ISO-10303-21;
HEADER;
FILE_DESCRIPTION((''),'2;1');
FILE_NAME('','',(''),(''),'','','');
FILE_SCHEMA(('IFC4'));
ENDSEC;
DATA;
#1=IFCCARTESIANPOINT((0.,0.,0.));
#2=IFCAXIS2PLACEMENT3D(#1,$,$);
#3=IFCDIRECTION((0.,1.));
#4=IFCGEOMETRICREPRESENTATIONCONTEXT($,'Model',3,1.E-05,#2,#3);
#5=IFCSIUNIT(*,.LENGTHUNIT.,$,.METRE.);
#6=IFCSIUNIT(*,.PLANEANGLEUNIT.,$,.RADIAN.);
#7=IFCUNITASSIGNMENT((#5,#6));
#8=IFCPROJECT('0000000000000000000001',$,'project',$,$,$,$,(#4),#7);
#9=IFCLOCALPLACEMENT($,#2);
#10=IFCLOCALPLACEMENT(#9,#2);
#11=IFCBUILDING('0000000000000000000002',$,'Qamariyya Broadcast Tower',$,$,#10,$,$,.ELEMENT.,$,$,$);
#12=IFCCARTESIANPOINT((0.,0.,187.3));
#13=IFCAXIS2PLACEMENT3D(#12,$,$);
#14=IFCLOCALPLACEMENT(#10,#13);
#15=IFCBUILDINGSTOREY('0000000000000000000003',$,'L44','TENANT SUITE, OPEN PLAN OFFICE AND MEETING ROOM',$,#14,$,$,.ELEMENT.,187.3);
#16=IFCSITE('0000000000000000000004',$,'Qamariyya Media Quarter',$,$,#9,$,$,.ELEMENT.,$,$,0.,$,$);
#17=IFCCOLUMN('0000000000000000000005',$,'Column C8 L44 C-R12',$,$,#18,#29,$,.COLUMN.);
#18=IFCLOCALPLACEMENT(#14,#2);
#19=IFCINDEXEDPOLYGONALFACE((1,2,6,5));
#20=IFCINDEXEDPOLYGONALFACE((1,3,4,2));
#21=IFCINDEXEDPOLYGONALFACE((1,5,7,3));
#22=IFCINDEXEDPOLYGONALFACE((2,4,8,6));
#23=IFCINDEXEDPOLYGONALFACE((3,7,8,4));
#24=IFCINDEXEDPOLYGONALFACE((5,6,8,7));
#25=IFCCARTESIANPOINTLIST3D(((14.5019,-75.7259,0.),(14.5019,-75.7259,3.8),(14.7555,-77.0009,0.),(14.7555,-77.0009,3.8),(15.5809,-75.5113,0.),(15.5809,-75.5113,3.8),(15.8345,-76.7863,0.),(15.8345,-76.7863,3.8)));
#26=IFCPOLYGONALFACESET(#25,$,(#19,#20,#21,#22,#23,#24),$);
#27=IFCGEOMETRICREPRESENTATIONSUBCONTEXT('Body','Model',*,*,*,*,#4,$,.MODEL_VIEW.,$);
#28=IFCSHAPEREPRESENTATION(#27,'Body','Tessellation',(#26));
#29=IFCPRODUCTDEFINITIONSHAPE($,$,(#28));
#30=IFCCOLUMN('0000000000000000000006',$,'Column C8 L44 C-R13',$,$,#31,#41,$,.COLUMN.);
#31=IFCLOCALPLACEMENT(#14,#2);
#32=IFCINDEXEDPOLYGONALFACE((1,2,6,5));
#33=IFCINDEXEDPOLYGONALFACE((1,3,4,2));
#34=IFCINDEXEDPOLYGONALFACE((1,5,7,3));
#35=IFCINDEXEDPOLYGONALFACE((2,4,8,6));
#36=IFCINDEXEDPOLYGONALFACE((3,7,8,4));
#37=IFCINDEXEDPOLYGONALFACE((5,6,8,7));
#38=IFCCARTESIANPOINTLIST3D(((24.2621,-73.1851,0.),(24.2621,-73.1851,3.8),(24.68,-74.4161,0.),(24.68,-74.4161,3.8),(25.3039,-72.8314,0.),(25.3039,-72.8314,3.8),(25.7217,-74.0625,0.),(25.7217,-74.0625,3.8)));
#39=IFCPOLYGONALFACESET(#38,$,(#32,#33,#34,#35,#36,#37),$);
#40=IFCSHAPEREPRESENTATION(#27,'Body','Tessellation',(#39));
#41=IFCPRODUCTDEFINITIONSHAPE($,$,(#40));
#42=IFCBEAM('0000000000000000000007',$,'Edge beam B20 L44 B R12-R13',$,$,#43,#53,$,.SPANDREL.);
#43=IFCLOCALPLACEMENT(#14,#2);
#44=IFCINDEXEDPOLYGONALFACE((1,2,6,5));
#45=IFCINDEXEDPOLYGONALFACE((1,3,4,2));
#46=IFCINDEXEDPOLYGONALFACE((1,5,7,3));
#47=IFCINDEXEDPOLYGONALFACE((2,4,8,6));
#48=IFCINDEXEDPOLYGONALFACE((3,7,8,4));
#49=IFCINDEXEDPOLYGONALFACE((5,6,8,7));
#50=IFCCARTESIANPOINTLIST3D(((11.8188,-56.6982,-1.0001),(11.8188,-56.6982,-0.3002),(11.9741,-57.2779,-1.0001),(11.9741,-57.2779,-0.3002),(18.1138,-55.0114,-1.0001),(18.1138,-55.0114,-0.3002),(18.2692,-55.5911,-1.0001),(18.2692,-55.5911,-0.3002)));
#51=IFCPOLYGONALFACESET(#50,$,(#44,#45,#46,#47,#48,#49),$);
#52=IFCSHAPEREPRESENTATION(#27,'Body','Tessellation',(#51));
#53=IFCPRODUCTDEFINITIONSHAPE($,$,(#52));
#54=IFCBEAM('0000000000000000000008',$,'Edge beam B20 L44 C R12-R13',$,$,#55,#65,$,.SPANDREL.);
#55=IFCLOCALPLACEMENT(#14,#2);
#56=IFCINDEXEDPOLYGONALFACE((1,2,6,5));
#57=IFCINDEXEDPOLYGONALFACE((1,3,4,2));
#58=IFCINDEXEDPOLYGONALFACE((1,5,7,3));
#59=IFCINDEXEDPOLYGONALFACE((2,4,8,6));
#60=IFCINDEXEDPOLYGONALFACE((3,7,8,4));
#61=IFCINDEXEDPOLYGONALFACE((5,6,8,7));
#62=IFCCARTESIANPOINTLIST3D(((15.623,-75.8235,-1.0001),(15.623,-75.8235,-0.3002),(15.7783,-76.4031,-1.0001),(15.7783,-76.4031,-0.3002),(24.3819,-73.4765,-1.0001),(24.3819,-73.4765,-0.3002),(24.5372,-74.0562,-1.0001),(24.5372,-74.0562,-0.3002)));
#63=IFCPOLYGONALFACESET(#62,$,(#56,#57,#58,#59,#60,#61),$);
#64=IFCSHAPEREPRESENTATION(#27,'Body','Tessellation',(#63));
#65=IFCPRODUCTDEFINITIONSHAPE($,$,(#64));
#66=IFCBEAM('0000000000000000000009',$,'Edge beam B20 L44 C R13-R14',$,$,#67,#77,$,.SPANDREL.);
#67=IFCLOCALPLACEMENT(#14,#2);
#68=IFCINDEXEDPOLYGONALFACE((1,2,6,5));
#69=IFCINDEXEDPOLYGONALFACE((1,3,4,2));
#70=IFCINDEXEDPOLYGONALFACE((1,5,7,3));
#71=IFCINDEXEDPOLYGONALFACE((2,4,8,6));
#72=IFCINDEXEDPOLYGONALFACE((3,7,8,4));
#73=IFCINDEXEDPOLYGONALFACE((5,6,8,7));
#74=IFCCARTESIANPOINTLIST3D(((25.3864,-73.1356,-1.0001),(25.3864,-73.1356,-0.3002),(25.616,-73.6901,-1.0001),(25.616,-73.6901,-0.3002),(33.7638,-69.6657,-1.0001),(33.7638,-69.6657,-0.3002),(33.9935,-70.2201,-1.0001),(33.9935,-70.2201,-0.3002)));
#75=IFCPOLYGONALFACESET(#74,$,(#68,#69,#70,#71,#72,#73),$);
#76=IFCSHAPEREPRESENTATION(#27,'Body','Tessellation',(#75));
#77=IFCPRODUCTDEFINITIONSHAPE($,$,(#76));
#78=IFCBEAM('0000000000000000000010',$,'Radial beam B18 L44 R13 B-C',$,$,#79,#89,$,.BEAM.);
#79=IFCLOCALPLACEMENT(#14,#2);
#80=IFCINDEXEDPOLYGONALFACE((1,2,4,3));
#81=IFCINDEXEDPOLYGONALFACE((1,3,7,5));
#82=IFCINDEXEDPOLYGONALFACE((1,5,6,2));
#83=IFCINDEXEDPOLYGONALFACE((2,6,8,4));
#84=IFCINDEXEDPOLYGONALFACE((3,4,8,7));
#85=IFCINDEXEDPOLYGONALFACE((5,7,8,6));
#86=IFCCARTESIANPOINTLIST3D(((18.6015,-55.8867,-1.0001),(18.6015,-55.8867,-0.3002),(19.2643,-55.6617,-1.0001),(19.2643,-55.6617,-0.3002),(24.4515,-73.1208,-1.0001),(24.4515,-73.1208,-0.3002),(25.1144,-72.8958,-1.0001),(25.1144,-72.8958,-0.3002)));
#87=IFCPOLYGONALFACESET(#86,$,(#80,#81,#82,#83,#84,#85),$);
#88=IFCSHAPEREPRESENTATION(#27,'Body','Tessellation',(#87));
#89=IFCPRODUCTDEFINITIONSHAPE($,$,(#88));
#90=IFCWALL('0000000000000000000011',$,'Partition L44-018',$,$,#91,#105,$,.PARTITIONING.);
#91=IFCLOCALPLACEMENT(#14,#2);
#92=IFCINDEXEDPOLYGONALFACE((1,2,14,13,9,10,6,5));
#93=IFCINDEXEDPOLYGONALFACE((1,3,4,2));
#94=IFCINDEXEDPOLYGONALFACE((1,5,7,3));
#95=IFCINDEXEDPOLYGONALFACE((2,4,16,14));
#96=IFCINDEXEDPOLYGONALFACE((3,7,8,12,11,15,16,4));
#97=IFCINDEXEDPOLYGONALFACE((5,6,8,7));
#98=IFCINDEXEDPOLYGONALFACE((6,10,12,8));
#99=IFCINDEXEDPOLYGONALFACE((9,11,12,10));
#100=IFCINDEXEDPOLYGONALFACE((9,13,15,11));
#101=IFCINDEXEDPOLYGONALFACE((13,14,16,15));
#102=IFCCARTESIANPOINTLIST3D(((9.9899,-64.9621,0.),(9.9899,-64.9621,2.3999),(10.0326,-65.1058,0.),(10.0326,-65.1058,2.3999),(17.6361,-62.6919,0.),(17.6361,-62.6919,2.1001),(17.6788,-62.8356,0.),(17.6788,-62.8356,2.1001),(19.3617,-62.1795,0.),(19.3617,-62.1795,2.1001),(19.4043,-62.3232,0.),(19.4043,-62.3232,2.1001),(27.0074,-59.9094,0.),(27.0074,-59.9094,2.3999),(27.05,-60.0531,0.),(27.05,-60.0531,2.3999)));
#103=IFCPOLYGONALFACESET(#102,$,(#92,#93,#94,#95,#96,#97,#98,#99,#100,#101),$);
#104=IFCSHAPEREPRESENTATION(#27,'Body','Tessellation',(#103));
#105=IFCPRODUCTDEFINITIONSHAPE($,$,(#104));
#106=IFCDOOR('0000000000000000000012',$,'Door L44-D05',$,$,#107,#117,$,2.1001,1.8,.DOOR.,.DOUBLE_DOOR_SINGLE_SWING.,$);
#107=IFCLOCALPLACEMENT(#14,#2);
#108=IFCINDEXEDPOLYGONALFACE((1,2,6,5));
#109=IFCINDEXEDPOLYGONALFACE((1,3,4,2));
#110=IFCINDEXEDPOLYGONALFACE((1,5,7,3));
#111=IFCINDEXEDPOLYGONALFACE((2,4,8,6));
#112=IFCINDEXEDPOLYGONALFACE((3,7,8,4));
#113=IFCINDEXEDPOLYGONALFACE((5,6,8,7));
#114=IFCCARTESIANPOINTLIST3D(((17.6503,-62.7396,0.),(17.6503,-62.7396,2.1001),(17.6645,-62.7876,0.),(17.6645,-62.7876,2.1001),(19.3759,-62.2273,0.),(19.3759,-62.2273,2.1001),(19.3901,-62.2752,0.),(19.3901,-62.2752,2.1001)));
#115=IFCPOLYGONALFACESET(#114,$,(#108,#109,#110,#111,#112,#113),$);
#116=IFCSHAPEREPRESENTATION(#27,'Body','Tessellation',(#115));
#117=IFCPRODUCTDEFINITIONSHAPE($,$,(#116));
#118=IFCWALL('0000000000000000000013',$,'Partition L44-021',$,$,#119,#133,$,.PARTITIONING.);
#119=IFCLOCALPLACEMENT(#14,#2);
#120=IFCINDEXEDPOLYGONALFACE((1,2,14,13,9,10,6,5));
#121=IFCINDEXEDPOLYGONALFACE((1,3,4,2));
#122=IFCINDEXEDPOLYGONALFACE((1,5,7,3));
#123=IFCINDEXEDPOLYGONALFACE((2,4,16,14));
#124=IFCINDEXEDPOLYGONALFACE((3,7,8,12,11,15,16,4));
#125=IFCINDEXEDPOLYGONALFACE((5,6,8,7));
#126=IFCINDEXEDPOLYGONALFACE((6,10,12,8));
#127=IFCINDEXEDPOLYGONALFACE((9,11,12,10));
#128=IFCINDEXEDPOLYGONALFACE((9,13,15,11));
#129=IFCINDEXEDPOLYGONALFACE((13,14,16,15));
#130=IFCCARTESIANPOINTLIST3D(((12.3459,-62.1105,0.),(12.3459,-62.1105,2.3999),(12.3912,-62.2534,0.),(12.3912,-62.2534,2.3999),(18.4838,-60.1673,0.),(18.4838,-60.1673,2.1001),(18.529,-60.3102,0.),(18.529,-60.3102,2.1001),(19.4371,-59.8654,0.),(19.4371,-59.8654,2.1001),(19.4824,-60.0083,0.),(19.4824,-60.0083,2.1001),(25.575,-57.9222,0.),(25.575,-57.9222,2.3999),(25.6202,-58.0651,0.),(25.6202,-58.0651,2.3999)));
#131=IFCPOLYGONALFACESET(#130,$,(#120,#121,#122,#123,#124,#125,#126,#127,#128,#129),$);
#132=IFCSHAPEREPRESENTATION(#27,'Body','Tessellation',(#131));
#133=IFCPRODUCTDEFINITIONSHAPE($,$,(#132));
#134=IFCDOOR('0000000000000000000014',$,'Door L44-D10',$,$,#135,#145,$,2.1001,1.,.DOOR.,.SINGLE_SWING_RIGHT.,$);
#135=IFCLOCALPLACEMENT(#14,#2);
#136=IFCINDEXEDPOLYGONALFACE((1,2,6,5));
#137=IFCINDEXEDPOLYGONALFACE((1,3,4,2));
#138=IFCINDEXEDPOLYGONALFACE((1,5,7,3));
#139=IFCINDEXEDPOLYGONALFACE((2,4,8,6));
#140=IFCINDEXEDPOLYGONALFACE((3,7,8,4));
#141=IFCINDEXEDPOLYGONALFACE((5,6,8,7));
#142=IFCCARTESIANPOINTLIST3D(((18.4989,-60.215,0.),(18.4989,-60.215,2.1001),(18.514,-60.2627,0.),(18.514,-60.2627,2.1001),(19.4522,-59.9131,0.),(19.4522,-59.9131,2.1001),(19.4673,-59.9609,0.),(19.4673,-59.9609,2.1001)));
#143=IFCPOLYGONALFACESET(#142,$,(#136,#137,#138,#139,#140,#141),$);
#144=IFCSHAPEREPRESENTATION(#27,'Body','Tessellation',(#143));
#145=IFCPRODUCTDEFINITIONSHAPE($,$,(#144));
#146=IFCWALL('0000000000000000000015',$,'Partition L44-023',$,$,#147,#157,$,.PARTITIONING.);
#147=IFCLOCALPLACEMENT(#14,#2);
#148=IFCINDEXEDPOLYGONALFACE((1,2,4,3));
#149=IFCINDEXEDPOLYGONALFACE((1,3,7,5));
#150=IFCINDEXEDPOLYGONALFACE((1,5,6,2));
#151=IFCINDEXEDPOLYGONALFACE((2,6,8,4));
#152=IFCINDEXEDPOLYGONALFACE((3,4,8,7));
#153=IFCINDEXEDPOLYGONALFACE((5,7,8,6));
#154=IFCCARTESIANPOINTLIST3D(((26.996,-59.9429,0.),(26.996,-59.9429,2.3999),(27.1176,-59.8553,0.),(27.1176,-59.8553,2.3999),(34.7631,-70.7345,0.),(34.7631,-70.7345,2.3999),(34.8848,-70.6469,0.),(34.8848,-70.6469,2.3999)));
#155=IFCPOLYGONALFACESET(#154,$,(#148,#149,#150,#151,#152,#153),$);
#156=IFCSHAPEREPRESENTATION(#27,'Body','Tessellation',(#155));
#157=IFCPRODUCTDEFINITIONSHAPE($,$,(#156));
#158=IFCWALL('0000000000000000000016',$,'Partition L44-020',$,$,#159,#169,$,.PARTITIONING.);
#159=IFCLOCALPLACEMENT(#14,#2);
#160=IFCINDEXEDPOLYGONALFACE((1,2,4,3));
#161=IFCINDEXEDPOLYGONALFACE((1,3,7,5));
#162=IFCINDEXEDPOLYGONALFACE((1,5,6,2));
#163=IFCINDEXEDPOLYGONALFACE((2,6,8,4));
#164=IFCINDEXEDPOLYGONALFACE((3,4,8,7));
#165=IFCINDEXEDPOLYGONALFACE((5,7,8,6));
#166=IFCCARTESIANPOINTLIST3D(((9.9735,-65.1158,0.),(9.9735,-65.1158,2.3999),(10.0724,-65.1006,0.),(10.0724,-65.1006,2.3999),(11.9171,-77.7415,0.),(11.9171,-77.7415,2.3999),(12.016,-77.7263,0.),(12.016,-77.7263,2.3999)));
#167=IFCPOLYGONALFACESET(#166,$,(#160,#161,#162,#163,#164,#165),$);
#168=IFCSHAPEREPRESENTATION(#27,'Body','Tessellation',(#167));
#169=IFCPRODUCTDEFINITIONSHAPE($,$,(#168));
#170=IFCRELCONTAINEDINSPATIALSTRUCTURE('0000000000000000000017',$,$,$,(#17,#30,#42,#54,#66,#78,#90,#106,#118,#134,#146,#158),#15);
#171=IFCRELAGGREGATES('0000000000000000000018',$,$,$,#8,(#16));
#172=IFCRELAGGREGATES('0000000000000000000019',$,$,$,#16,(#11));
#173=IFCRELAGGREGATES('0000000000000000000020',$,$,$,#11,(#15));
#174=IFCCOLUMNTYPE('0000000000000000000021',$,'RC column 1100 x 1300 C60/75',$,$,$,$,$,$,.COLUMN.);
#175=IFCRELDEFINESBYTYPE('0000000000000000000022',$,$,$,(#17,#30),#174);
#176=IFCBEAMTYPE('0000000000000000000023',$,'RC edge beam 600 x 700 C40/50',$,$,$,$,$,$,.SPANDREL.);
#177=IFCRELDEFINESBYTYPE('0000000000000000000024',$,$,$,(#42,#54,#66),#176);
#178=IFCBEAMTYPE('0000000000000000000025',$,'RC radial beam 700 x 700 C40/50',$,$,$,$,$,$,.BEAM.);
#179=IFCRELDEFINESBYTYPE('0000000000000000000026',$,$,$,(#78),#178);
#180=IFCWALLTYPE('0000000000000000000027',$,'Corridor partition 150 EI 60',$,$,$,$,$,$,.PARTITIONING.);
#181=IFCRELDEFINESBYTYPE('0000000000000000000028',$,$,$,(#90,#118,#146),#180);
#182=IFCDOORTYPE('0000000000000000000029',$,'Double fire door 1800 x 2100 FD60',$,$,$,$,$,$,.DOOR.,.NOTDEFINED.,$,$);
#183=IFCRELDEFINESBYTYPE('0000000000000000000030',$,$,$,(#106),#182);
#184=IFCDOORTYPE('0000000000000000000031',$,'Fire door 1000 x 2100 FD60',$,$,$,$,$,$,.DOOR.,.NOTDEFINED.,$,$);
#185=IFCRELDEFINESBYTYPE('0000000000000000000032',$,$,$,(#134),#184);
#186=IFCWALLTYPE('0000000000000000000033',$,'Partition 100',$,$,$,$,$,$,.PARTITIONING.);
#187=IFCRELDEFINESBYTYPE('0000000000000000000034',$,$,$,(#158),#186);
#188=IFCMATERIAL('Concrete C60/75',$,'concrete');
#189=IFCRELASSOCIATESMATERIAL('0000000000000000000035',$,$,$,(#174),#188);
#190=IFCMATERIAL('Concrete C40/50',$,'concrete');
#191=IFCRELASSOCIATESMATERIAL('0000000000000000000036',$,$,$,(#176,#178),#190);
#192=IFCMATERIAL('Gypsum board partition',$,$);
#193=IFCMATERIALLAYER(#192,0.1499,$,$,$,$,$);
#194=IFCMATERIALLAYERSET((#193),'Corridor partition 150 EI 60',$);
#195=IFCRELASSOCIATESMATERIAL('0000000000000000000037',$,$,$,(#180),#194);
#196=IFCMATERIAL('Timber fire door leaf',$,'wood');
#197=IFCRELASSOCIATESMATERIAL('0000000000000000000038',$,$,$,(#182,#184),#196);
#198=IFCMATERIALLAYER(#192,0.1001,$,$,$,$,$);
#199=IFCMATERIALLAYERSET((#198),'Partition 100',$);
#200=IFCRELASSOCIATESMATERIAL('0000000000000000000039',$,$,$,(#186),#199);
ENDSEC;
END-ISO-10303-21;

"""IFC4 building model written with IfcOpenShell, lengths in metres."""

from ifc_helpers import new_model, si_unit, direction, frame, frame_2d, origin, origin_2d, place, context, subcontext, project, spatial, rectangle, extrude, material, layer, layer_set, material_profile, profile_set, type_object, element, fill, save


model = new_model("IFC4")

# Units and contexts
model_context = context("Model", 3, precision=1e-05, world=origin(), true_north=direction((0.0, 1.0)))
body_context = subcontext(model_context, "Body", "Model", "MODEL_VIEW")
ifc_project = project(units=[si_unit("LENGTHUNIT", "METRE"), si_unit("PLANEANGLEUNIT", "RADIAN")], contexts=[model_context])

# Site, building, storey
site_placement = place(None, origin())
site = spatial("IfcSite", under=ifc_project, at=site_placement, Name="Qamariyya Media Quarter", CompositionType="ELEMENT", RefElevation=0.0)
building_placement = place(site_placement, origin())
building = spatial("IfcBuilding", under=site, at=building_placement, Name="Qamariyya Broadcast Tower", CompositionType="ELEMENT")
storey_placement = place(building_placement, frame((0.0, 0.0, 187.3)))
storey = spatial("IfcBuildingStorey", under=building, at=storey_placement, Name="L44", Description="TENANT SUITE, OPEN PLAN OFFICE AND MEETING ROOM", CompositionType="ELEMENT", Elevation=187.3)

# Columns
ifc_material_1 = material(Name="Concrete C60/75", Category="concrete")
ifc_material_profile_1 = material_profile(ifc_material_1, rectangle(XDim=1.1001, YDim=1.3, at=origin_2d()))
ifc_profile_set_1 = profile_set([ifc_material_profile_1], Name="Concrete C60/75")
column_type = type_object("IfcColumnType", Name="RC column 1100 x 1300 C60/75", PredefinedType="COLUMN", material=ifc_profile_set_1)
for number, where, z_axis, x_axis, name in (
    (1, (15.1682, -76.2561, 0.0), (0.0, 0.0, 1.0), (0.980785, 0.19509, 0.0), "Column C8 L44 C-R12"),
    (2, (24.9919, -73.6238, 0.0), (0.0, 0.0, 1.0), (0.94693, 0.321439, 0.0), "Column C8 L44 C-R13"),
):
    element("IfcColumn", number, at=place(storey_placement, frame(where, z_axis=z_axis, x_axis=x_axis)), inside=storey, type_object=column_type, Name=name, PredefinedType="COLUMN", context=body_context, shape_type="SweptSolid", body=[
        extrude(rectangle(XDim=1.1001, YDim=1.3, at=origin_2d()), origin(), (0.0, 0.0, 1.0), 3.8),
    ])

# Beams
ifc_material_2 = material(Name="Concrete C40/50", Category="concrete")
ifc_material_profile_2 = material_profile(ifc_material_2, rectangle(XDim=0.6001, YDim=0.7, at=origin_2d()))
ifc_profile_set_2 = profile_set([ifc_material_profile_2], Name="Concrete C40/50")
beam_type_1 = type_object("IfcBeamType", Name="RC edge beam 600 x 700 C40/50", PredefinedType="SPANDREL", material=ifc_profile_set_2)
beam_1_placement = place(storey_placement, frame((11.8965, -56.988, -0.6501), z_axis=(0.965924, 0.258826, 0.0), x_axis=(-0.258826, 0.965924, 0.0)))
element("IfcBeam", 3, at=beam_1_placement, inside=storey, type_object=beam_type_1, Name="Edge beam B20 L44 B R12-R13", PredefinedType="SPANDREL", context=body_context, shape_type="SweptSolid", body=[
    extrude(rectangle(XDim=0.6001, YDim=0.7, at=origin_2d()), origin(), (0.0, 0.0, 1.0), 6.5171),
])
beam_2_placement = place(storey_placement, frame((15.7007, -76.1133, -0.6501), z_axis=(0.965925, 0.25882, 0.0), x_axis=(-0.25882, 0.965925, 0.0)))
element("IfcBeam", 4, at=beam_2_placement, inside=storey, type_object=beam_type_1, Name="Edge beam B20 L44 C R12-R13", PredefinedType="SPANDREL", context=body_context, shape_type="SweptSolid", body=[
    extrude(rectangle(XDim=0.6001, YDim=0.7, at=origin_2d()), origin(), (0.0, 0.0, 1.0), 9.0679),
])
beam_3_placement = place(storey_placement, frame((25.5012, -73.4128, -0.6501), z_axis=(0.923883, 0.382676, 0.0), x_axis=(-0.382676, 0.923883, 0.0)))
element("IfcBeam", 5, at=beam_3_placement, inside=storey, type_object=beam_type_1, Name="Edge beam B20 L44 C R13-R14", PredefinedType="SPANDREL", context=body_context, shape_type="SweptSolid", body=[
    extrude(rectangle(XDim=0.6001, YDim=0.7, at=origin_2d()), origin(), (0.0, 0.0, 1.0), 9.0676),
])
ifc_material_profile_3 = material_profile(ifc_material_2, rectangle(XDim=0.7, YDim=0.7, at=origin_2d()))
ifc_profile_set_3 = profile_set([ifc_material_profile_3], Name="Concrete C40/50")
beam_type_2 = type_object("IfcBeamType", Name="RC radial beam 700 x 700 C40/50", PredefinedType="BEAM", material=ifc_profile_set_3)
beam_4_placement = place(storey_placement, frame((18.9329, -55.7742, -0.6501), z_axis=(0.321434, -0.946932, 0.0), x_axis=(0.946932, 0.321434, 0.0)))
element("IfcBeam", 6, at=beam_4_placement, inside=storey, type_object=beam_type_2, Name="Radial beam B18 L44 R13 B-C", PredefinedType="BEAM", context=body_context, shape_type="SweptSolid", body=[
    extrude(rectangle(XDim=0.7, YDim=0.7, at=origin_2d()), origin(), (0.0, 0.0, 1.0), 18.2),
])

# Walls, openings, doors
ifc_material_3 = material(Name="Gypsum board partition")
ifc_layer_1 = layer(ifc_material_3, 0.1499)
ifc_layer_set_1 = layer_set([ifc_layer_1], Name="Corridor partition 150 EI 60")
wall_type_1 = type_object("IfcWallType", Name="Corridor partition 150 EI 60", PredefinedType="PARTITIONING", material=ifc_layer_set_1)
wall_1_placement = place(storey_placement, frame((27.0288, -59.9812, 0.0), z_axis=(0.0, 0.0, 1.0), x_axis=(-0.958636, -0.284635, 0.0)))
wall_1 = element("IfcWall", 7, at=wall_1_placement, inside=storey, type_object=wall_type_1, Name="Partition L44-018", PredefinedType="PARTITIONING", context=body_context, shape_type="SweptSolid", body=[
    extrude(rectangle(XDim=17.7517, YDim=0.1499, at=frame_2d((8.876, 0.0))), origin(), (0.0, 0.0, 1.0), 2.3999),
])
opening_1_placement = place(wall_1_placement, frame((7.9758, 0.0, 0.0)))
opening_1 = element("IfcOpeningElement", 8, at=opening_1_placement, cuts=wall_1, PredefinedType="OPENING", context=body_context, shape_type="SweptSolid", body=[
    extrude(rectangle(XDim=1.8, YDim=2.1001, at=frame_2d((0.8999, 1.05))), frame((0.0, 0.085, 0.0), z_axis=(0.0, -1.0, 0.0), x_axis=(1.0, 0.0, 0.0)), (0.0, 0.0, 1.0), 0.1699),
])
ifc_material_4 = material(Name="Timber fire door leaf", Category="wood")
door_type_1 = type_object("IfcDoorType", Name="Double fire door 1800 x 2100 FD60", OperationType="NOTDEFINED", PredefinedType="DOOR", material=ifc_material_4)
door_1_placement = place(opening_1_placement, origin())
door_1 = element("IfcDoor", 9, at=door_1_placement, inside=storey, type_object=door_type_1, Name="Door L44-D05", OperationType="DOUBLE_DOOR_SINGLE_SWING", OverallHeight=2.1001, OverallWidth=1.8, PredefinedType="DOOR", context=body_context, shape_type="SweptSolid", body=[
    extrude(rectangle(XDim=1.8, YDim=2.1001, at=frame_2d((0.8999, 1.05))), frame((0.0, 0.0249, 0.0), z_axis=(0.0, -1.0, 0.0), x_axis=(1.0, 0.0, 0.0)), (0.0, 0.0, 1.0), 0.05),
])
fill(opening_1, door_1)
wall_2_placement = place(storey_placement, frame((12.3687, -62.1819, 0.0), z_axis=(0.0, 0.0, 1.0), x_axis=(0.953362, 0.301829, 0.0)))
wall_2 = element("IfcWall", 10, at=wall_2_placement, inside=storey, type_object=wall_type_1, Name="Partition L44-021", PredefinedType="PARTITIONING", context=body_context, shape_type="SweptSolid", body=[
    extrude(rectangle(XDim=13.8762, YDim=0.1499, at=frame_2d((6.938, 0.0))), origin(), (0.0, 0.0, 1.0), 2.3999),
])
opening_2_placement = place(wall_2_placement, frame((6.438, 0.0, 0.0)))
opening_2 = element("IfcOpeningElement", 11, at=opening_2_placement, cuts=wall_2, PredefinedType="OPENING", context=body_context, shape_type="SweptSolid", body=[
    extrude(rectangle(XDim=1.0, YDim=2.1001, at=frame_2d((0.5, 1.05))), frame((0.0, 0.085, 0.0), z_axis=(0.0, -1.0, 0.0), x_axis=(1.0, 0.0, 0.0)), (0.0, 0.0, 1.0), 0.1699),
])
door_type_2 = type_object("IfcDoorType", Name="Fire door 1000 x 2100 FD60", OperationType="NOTDEFINED", PredefinedType="DOOR", material=ifc_material_4)
door_2_placement = place(opening_2_placement, origin())
door_2 = element("IfcDoor", 12, at=door_2_placement, inside=storey, type_object=door_type_2, Name="Door L44-D10", OperationType="SINGLE_SWING_RIGHT", OverallHeight=2.1001, OverallWidth=1.0, PredefinedType="DOOR", context=body_context, shape_type="SweptSolid", body=[
    extrude(rectangle(XDim=1.0, YDim=2.1001, at=frame_2d((0.5, 1.05))), frame((0.0, 0.0249, 0.0), z_axis=(0.0, -1.0, 0.0), x_axis=(1.0, 0.0, 0.0)), (0.0, 0.0, 1.0), 0.05),
])
fill(opening_2, door_2)

# Walls
wall_3_placement = place(storey_placement, frame((27.0569, -59.8992, 0.0), z_axis=(0.0, 0.0, 1.0), x_axis=(0.584166, -0.811634, 0.0)))
element("IfcWall", 13, at=wall_3_placement, inside=storey, type_object=wall_type_1, Name="Partition L44-023", PredefinedType="PARTITIONING", context=body_context, shape_type="SweptSolid", body=[
    extrude(rectangle(XDim=13.2961, YDim=0.1499, at=frame_2d((6.6479, 0.0))), origin(), (0.0, 0.0, 1.0), 2.3999),
])
ifc_layer_2 = layer(ifc_material_3, 0.1001)
ifc_layer_set_2 = layer_set([ifc_layer_2], Name="Partition 100")
wall_type_2 = type_object("IfcWallType", Name="Partition 100", PredefinedType="PARTITIONING", material=ifc_layer_set_2)
wall_4_placement = place(storey_placement, frame((11.9666, -77.7339, 0.0), z_axis=(0.0, 0.0, 1.0), x_axis=(-0.152148, 0.988358, 0.0)))
element("IfcWall", 14, at=wall_4_placement, inside=storey, type_object=wall_type_2, Name="Partition L44-020", PredefinedType="PARTITIONING", context=body_context, shape_type="SweptSolid", body=[
    extrude(rectangle(XDim=12.7744, YDim=0.1001, at=frame_2d((6.3872, 0.0))), origin(), (0.0, 0.0, 1.0), 2.3999),
])

save(model, "model.ifc")
